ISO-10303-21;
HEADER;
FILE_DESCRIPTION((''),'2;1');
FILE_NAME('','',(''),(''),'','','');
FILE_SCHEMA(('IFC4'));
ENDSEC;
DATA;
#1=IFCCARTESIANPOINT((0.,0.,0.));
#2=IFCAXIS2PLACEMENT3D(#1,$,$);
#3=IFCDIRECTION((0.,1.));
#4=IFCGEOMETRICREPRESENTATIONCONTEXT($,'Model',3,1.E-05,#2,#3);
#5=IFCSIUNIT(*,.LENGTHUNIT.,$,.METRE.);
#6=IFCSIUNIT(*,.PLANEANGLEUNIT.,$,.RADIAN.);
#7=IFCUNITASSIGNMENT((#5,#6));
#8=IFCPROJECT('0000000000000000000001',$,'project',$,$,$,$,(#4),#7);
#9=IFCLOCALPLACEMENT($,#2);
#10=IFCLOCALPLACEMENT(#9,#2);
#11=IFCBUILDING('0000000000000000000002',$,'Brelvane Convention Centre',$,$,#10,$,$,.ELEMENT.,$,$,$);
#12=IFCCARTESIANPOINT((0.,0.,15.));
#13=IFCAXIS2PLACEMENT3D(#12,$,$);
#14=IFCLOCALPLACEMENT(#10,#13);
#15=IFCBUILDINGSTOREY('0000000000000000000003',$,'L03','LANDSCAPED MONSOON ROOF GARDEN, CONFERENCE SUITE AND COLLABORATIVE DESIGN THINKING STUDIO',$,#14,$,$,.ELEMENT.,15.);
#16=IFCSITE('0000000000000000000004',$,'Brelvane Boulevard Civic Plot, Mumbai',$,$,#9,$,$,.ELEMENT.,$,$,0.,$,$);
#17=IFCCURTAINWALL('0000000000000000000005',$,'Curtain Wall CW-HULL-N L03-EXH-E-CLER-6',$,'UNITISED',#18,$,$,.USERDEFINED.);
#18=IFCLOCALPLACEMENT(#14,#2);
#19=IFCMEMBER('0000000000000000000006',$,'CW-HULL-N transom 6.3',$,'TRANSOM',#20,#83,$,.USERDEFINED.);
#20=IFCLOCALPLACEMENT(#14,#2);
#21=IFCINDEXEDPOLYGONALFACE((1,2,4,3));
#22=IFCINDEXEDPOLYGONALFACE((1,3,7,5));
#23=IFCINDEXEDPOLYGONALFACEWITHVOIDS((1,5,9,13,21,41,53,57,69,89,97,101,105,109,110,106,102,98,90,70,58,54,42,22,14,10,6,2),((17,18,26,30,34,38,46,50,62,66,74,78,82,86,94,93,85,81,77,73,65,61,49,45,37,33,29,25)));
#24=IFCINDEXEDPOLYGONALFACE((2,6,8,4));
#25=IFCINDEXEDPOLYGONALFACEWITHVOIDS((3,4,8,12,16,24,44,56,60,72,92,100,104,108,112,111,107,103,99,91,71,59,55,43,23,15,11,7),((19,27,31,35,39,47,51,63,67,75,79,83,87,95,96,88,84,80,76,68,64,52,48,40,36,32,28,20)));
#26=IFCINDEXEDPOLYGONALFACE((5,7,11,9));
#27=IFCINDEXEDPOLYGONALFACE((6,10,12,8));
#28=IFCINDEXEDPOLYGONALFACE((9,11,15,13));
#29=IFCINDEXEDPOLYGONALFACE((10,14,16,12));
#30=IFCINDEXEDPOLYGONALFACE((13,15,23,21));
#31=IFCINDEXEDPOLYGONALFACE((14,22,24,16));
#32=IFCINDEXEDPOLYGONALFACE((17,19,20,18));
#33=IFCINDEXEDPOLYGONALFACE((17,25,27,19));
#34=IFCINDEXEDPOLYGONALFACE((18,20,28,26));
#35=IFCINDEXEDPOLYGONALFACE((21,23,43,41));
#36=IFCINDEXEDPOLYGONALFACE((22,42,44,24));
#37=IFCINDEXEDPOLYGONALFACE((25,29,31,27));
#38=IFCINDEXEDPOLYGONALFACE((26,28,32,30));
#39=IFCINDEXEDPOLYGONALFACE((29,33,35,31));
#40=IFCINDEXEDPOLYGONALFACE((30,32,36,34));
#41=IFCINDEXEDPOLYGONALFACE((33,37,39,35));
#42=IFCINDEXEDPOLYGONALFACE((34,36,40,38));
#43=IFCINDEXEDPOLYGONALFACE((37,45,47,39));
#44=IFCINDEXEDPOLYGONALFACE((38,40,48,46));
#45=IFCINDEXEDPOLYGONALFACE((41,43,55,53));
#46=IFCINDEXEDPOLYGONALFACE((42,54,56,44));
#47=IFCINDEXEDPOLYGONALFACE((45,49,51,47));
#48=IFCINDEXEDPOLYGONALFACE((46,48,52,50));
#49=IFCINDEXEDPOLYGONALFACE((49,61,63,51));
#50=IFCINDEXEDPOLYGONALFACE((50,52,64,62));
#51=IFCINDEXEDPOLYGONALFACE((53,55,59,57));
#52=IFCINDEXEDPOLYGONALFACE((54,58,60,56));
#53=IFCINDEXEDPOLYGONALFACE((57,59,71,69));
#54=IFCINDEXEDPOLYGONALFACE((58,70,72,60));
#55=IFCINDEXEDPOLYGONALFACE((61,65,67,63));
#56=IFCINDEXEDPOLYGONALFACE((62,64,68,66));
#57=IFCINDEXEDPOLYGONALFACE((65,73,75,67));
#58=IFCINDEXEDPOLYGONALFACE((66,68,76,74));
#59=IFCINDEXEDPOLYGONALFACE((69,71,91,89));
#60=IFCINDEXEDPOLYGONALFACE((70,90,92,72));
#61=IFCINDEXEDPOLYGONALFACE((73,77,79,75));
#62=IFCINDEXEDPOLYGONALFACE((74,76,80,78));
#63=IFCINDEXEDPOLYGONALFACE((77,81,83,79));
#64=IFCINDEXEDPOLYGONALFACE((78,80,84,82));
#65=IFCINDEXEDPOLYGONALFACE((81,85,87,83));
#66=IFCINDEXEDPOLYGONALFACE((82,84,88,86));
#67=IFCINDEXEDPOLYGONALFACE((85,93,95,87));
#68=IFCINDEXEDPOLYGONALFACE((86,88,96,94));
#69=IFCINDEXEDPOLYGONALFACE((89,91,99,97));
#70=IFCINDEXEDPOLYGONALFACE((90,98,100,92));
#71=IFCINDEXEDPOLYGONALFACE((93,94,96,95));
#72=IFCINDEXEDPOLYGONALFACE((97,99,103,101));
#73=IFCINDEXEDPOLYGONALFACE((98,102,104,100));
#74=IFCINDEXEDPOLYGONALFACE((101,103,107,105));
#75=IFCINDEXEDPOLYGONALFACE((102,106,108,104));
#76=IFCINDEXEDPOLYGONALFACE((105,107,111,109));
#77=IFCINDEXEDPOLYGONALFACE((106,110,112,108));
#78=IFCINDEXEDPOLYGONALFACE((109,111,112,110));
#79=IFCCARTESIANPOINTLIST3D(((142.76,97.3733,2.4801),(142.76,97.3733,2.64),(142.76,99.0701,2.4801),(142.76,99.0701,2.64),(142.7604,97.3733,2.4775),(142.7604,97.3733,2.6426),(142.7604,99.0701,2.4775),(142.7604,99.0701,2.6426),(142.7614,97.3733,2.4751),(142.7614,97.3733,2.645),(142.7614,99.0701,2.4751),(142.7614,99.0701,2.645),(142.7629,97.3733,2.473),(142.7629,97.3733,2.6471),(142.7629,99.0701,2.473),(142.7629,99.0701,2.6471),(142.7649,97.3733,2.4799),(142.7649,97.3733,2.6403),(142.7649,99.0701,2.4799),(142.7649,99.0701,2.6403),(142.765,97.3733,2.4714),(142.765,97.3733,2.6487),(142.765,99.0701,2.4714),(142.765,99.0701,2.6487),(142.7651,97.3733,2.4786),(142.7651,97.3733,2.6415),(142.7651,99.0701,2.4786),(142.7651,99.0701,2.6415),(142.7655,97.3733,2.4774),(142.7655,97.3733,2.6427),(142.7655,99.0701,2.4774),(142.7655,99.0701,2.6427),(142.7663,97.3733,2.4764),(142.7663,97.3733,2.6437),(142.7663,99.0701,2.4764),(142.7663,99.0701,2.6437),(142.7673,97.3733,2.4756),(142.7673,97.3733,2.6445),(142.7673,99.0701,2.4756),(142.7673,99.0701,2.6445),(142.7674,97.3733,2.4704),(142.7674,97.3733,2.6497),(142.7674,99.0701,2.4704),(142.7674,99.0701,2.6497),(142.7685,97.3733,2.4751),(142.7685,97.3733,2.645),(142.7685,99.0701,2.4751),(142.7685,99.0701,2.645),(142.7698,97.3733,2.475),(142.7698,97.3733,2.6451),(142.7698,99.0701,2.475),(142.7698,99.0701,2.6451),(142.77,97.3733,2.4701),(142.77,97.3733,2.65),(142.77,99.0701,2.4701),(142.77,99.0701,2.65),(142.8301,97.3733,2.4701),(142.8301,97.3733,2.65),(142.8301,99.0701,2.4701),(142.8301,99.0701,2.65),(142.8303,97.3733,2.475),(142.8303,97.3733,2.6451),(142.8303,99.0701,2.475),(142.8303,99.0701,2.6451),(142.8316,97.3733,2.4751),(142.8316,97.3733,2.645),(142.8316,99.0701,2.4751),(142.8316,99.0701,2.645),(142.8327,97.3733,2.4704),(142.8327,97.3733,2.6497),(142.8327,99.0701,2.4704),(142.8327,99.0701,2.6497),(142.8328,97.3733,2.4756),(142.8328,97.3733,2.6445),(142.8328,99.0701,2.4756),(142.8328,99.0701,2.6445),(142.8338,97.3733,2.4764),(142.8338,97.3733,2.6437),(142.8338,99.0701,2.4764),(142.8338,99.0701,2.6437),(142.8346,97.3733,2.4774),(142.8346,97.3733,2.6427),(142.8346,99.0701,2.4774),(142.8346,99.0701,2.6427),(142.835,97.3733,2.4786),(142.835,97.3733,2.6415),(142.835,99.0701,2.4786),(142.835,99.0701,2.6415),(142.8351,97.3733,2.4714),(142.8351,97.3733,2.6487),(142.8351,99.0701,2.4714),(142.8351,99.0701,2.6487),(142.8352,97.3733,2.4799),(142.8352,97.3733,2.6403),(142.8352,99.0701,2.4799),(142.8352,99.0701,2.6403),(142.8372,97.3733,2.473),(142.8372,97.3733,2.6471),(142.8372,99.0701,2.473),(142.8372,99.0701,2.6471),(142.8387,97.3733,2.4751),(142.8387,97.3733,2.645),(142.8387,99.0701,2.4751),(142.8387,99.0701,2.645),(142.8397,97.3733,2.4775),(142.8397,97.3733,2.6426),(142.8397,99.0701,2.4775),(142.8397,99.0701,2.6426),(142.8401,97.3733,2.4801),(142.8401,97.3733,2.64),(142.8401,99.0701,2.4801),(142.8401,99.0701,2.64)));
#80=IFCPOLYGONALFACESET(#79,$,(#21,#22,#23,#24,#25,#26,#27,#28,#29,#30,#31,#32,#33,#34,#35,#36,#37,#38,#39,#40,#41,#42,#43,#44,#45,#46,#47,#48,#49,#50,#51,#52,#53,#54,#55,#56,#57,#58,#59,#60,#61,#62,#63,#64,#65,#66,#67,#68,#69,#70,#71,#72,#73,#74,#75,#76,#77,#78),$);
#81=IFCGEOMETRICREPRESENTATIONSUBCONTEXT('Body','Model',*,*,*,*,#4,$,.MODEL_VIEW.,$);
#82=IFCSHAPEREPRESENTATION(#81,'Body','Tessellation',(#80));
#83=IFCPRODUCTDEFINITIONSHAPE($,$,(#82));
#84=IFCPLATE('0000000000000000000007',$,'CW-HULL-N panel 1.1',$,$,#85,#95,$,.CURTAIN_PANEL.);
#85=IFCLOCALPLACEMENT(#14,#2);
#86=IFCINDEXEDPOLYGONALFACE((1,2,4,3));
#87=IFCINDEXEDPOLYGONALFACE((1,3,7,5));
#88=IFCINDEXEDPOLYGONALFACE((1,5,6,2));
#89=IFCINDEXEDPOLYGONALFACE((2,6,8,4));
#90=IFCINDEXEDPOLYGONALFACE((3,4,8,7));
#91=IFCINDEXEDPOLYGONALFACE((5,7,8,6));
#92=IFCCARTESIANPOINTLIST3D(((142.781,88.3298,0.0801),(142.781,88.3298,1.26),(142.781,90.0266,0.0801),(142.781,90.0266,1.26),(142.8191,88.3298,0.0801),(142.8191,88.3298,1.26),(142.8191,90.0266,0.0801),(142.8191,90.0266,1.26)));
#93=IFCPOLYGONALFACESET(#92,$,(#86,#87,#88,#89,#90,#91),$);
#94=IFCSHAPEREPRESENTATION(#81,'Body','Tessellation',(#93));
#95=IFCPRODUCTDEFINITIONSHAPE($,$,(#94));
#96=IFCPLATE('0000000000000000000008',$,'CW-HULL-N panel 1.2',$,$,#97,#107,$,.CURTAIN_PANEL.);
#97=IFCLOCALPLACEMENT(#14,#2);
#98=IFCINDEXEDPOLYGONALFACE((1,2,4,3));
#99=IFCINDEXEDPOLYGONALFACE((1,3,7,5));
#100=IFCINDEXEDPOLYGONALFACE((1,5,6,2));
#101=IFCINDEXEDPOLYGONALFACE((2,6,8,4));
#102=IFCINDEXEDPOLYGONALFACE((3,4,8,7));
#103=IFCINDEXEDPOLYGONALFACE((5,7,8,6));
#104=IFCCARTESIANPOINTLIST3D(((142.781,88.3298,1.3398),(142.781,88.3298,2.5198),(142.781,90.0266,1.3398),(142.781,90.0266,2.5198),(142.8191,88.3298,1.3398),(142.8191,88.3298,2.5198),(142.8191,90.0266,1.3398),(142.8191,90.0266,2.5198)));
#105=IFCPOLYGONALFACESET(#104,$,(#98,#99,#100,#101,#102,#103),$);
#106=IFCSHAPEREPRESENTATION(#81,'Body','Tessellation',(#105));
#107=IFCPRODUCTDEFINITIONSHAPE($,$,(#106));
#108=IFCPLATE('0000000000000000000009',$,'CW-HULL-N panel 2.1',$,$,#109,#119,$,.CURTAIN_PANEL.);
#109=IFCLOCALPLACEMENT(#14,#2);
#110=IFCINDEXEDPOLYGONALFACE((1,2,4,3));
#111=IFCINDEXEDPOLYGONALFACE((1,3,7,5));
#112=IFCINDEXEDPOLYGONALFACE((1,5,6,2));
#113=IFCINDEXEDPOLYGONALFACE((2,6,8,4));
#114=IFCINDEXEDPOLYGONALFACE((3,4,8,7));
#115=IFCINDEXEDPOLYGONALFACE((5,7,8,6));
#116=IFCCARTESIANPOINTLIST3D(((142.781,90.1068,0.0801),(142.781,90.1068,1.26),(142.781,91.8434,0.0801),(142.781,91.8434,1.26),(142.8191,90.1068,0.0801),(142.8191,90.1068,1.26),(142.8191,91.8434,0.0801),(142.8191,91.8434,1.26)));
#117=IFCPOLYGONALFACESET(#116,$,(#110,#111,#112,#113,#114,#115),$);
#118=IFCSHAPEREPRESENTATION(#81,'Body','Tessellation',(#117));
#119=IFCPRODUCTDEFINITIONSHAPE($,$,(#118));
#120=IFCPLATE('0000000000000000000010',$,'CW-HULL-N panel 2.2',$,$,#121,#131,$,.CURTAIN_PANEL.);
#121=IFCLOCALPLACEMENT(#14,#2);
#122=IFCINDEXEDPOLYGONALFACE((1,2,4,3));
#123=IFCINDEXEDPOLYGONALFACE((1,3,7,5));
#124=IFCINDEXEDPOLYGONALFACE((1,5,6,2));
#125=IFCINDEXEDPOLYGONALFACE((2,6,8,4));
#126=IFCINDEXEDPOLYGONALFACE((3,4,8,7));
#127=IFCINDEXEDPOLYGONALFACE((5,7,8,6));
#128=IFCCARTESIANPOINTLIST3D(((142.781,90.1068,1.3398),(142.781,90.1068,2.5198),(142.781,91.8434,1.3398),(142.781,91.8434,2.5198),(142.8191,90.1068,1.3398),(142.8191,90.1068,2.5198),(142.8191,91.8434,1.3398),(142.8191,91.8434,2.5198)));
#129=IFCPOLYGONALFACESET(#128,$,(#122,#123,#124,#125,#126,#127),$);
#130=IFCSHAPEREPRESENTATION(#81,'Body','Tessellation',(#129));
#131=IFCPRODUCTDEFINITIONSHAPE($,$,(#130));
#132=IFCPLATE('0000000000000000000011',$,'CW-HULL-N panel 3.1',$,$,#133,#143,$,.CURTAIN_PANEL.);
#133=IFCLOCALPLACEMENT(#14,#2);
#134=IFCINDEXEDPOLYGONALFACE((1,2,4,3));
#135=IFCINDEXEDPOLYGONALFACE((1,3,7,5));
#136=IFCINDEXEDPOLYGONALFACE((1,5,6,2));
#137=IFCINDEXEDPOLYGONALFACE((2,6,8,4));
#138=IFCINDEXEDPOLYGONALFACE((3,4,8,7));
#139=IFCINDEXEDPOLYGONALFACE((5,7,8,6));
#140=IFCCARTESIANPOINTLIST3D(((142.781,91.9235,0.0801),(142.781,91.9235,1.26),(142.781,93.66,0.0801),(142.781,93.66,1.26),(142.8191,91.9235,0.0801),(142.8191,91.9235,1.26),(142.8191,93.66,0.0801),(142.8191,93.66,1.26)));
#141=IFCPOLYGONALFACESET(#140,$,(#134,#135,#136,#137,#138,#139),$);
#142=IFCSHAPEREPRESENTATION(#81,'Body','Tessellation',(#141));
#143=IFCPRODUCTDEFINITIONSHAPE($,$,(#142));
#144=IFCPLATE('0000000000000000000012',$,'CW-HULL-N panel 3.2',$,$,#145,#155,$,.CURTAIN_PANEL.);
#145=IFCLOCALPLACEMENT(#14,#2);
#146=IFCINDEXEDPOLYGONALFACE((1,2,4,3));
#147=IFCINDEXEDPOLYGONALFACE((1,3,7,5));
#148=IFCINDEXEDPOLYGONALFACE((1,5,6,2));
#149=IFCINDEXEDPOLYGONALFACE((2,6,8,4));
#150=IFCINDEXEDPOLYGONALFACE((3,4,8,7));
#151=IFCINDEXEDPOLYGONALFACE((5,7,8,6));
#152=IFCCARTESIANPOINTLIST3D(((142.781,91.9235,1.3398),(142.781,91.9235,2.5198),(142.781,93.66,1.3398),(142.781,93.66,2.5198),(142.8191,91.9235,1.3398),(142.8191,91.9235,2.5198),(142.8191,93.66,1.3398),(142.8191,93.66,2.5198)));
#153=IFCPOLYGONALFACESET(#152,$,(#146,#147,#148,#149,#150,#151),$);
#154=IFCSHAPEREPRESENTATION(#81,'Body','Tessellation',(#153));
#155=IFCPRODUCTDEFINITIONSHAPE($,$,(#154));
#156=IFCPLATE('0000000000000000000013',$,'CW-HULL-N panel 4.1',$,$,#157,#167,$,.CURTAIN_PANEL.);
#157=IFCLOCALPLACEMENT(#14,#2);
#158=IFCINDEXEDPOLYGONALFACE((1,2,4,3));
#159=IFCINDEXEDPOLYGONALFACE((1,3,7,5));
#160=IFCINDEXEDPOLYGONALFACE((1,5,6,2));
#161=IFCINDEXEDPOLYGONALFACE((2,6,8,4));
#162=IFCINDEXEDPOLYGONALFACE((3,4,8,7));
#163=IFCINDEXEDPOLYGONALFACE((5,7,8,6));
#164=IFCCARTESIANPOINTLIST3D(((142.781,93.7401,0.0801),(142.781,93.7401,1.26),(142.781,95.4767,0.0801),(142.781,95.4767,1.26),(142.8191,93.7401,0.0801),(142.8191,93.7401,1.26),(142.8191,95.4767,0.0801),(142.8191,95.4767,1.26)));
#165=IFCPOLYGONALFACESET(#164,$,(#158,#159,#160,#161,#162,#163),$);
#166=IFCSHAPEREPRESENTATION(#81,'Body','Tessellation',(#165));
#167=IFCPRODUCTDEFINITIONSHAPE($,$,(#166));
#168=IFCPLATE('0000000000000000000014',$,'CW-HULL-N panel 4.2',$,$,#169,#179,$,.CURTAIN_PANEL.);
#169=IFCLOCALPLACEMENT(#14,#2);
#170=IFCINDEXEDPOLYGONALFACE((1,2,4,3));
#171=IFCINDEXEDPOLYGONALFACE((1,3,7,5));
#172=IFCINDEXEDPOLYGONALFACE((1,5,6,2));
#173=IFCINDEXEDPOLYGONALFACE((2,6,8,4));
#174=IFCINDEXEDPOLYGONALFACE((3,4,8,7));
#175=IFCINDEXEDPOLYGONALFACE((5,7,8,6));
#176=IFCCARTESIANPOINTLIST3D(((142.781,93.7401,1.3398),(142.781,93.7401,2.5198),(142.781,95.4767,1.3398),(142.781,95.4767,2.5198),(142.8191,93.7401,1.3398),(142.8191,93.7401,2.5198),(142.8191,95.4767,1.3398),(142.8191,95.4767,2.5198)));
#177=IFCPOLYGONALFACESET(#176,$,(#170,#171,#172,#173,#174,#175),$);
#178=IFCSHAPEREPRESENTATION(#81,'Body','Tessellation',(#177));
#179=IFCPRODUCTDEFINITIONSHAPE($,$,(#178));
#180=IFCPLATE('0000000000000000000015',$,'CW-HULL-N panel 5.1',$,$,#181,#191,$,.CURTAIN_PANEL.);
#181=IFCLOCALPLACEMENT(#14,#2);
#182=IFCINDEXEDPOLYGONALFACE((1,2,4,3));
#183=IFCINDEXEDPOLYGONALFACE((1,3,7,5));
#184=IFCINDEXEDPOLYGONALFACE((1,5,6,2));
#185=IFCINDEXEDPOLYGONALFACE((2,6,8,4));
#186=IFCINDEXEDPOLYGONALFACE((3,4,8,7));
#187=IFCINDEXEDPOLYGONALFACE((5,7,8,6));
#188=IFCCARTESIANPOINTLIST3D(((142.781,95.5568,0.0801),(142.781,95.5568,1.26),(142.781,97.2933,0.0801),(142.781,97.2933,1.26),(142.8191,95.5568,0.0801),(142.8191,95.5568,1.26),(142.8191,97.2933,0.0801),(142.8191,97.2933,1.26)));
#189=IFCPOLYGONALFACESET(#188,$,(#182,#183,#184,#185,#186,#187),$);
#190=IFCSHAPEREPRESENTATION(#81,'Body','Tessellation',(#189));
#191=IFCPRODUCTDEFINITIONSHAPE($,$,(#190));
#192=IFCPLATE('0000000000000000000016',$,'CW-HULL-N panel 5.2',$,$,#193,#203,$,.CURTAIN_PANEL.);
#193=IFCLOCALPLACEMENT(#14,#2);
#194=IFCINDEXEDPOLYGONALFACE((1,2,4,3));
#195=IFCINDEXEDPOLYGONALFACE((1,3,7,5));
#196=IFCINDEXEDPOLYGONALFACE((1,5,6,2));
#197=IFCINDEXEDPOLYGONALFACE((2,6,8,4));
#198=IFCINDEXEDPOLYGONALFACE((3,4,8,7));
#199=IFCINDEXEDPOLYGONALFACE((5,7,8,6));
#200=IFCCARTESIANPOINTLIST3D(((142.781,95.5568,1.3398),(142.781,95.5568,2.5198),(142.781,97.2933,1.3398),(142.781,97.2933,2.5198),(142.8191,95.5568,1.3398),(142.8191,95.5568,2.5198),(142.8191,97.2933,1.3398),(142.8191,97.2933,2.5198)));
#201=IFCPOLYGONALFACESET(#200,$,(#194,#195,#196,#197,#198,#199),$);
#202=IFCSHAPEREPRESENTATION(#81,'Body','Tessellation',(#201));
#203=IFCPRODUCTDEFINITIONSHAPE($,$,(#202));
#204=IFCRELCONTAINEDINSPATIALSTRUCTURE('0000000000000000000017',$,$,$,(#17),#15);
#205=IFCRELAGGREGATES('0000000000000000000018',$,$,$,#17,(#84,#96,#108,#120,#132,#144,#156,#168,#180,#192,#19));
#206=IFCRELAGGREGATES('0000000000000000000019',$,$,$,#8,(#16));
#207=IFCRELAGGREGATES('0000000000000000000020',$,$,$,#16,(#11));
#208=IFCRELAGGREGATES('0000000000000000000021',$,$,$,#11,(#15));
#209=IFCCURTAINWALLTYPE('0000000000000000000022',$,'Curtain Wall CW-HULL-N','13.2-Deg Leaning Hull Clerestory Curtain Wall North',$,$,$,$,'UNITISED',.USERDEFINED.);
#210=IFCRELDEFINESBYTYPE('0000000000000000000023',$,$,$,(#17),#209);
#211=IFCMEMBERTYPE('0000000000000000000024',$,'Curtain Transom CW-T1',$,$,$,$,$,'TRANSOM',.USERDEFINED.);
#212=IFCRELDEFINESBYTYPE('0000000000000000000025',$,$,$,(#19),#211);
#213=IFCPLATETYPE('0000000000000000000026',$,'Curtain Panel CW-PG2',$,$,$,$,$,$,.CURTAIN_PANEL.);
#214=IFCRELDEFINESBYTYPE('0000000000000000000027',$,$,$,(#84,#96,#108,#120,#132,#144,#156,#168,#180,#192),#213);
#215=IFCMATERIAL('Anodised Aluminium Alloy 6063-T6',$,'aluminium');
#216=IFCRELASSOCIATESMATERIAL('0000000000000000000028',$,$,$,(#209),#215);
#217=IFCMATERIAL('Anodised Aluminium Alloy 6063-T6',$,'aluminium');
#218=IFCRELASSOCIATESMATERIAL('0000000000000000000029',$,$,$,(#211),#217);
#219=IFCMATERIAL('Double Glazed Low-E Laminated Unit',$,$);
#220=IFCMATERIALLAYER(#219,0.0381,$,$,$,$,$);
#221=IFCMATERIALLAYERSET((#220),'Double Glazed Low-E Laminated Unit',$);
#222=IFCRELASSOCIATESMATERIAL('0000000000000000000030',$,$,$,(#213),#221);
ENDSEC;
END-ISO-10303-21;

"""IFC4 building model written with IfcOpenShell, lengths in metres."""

from ifc_helpers import new_model, si_unit, direction, frame, origin, origin_2d, place, context, subcontext, project, spatial, rectangle, hollow_rectangle, extrude, material, layer, layer_set, material_profile, profile_set, type_object, element, aggregate, save


model = new_model("IFC4")

# Units and contexts
model_context = context("Model", 3, precision=1e-05, world=origin(), true_north=direction((0.0, 1.0)))
body_context = subcontext(model_context, "Body", "Model", "MODEL_VIEW")
ifc_project = project(units=[si_unit("LENGTHUNIT", "METRE"), si_unit("PLANEANGLEUNIT", "RADIAN")], contexts=[model_context])

# Site, building, storey
site_placement = place(None, origin())
site = spatial("IfcSite", under=ifc_project, at=site_placement, Name="Brelvane Boulevard Civic Plot, Mumbai", CompositionType="ELEMENT", RefElevation=0.0)
building_placement = place(site_placement, origin())
building = spatial("IfcBuilding", under=site, at=building_placement, Name="Brelvane Convention Centre", CompositionType="ELEMENT")
storey_placement = place(building_placement, frame((0.0, 0.0, 15.0)))
storey = spatial("IfcBuildingStorey", under=building, at=storey_placement, Name="L03", Description="LANDSCAPED MONSOON ROOF GARDEN, CONFERENCE SUITE AND COLLABORATIVE DESIGN THINKING STUDIO", CompositionType="ELEMENT", Elevation=15.0)

# Curtain wall, member, plates
ifc_material_1 = material(Name="Anodised Aluminium Alloy 6063-T6", Category="aluminium")
curtain_wall_type = type_object("IfcCurtainWallType", Name="Curtain Wall CW-HULL-N", Description="13.2-Deg Leaning Hull Clerestory Curtain Wall North", ElementType="UNITISED", PredefinedType="USERDEFINED", material=ifc_material_1)
curtain_wall_placement = place(storey_placement, origin())
curtain_wall = element("IfcCurtainWall", 1, at=curtain_wall_placement, inside=storey, type_object=curtain_wall_type, Name="Curtain Wall CW-HULL-N L03-EXH-E-CLER-6", ObjectType="UNITISED", PredefinedType="USERDEFINED")
ifc_material_2 = material(Name="Anodised Aluminium Alloy 6063-T6", Category="aluminium")
ifc_material_profile_1 = material_profile(ifc_material_2, hollow_rectangle(XDim=0.0801, YDim=0.1799, WallThickness=0.0049, InnerFilletRadius=0.0049, OuterFilletRadius=0.01, at=origin_2d()), Name="ALU-T 180x80x5.0")
ifc_profile_set_1 = profile_set([ifc_material_profile_1], Name="Anodised Aluminium Alloy 6063-T6")
member_type_1 = type_object("IfcMemberType", Name="Curtain Transom CW-T1", ElementType="TRANSOM", PredefinedType="USERDEFINED", material=ifc_profile_set_1)
member_1_placement = place(storey_placement, frame((142.8, 97.3733, 2.5601), z_axis=(0.0, 1.0, 0.0), x_axis=(-1.0, 0.0, 0.0)))
member_1 = element("IfcMember", 2, at=member_1_placement, type_object=member_type_1, Name="CW-HULL-N transom 6.3", ObjectType="TRANSOM", PredefinedType="USERDEFINED", context=body_context, shape_type="SweptSolid", body=[
    extrude(hollow_rectangle(XDim=0.0801, YDim=0.1799, WallThickness=0.0049, InnerFilletRadius=0.0049, OuterFilletRadius=0.01, at=origin_2d()), origin(), (0.0, 0.0, 1.0), 1.6968),
])
ifc_material_3 = material(Name="Double Glazed Low-E Laminated Unit")
ifc_layer = layer(ifc_material_3, 0.0381)
ifc_layer_set = layer_set([ifc_layer], Name="Double Glazed Low-E Laminated Unit")
plate_type = type_object("IfcPlateType", Name="Curtain Panel CW-PG2", PredefinedType="CURTAIN_PANEL", material=ifc_layer_set)
plate_1_placement = place(storey_placement, frame((142.8, 89.1782, 0.0801), z_axis=(0.0, 0.0, 1.0), x_axis=(0.0, 1.0, 0.0)))
plate_1 = element("IfcPlate", 3, at=plate_1_placement, type_object=plate_type, Name="CW-HULL-N panel 1.1", PredefinedType="CURTAIN_PANEL", context=body_context, shape_type="SweptSolid", body=[
    extrude(rectangle(XDim=1.6968, YDim=0.0381, at=origin_2d()), origin(), (0.0, 0.0, 1.0), 1.1799),
])
plate_2_placement = place(storey_placement, frame((142.8, 89.1782, 1.3398), z_axis=(0.0, 0.0, 1.0), x_axis=(0.0, 1.0, 0.0)))
plate_2 = element("IfcPlate", 4, at=plate_2_placement, type_object=plate_type, Name="CW-HULL-N panel 1.2", PredefinedType="CURTAIN_PANEL", context=body_context, shape_type="SweptSolid", body=[
    extrude(rectangle(XDim=1.6968, YDim=0.0381, at=origin_2d()), origin(), (0.0, 0.0, 1.0), 1.1799),
])
plate_3_placement = place(storey_placement, frame((142.8, 90.9751, 0.0801), z_axis=(0.0, 0.0, 1.0), x_axis=(0.0, 1.0, 0.0)))
plate_3 = element("IfcPlate", 5, at=plate_3_placement, type_object=plate_type, Name="CW-HULL-N panel 2.1", PredefinedType="CURTAIN_PANEL", context=body_context, shape_type="SweptSolid", body=[
    extrude(rectangle(XDim=1.7366, YDim=0.0381, at=origin_2d()), origin(), (0.0, 0.0, 1.0), 1.1799),
])
plate_4_placement = place(storey_placement, frame((142.8, 90.9751, 1.3398), z_axis=(0.0, 0.0, 1.0), x_axis=(0.0, 1.0, 0.0)))
plate_4 = element("IfcPlate", 6, at=plate_4_placement, type_object=plate_type, Name="CW-HULL-N panel 2.2", PredefinedType="CURTAIN_PANEL", context=body_context, shape_type="SweptSolid", body=[
    extrude(rectangle(XDim=1.7366, YDim=0.0381, at=origin_2d()), origin(), (0.0, 0.0, 1.0), 1.1799),
])
plate_5_placement = place(storey_placement, frame((142.8, 92.7917, 0.0801), z_axis=(0.0, 0.0, 1.0), x_axis=(0.0, 1.0, 0.0)))
plate_5 = element("IfcPlate", 7, at=plate_5_placement, type_object=plate_type, Name="CW-HULL-N panel 3.1", PredefinedType="CURTAIN_PANEL", context=body_context, shape_type="SweptSolid", body=[
    extrude(rectangle(XDim=1.7366, YDim=0.0381, at=origin_2d()), origin(), (0.0, 0.0, 1.0), 1.1799),
])
plate_6_placement = place(storey_placement, frame((142.8, 92.7917, 1.3398), z_axis=(0.0, 0.0, 1.0), x_axis=(0.0, 1.0, 0.0)))
plate_6 = element("IfcPlate", 8, at=plate_6_placement, type_object=plate_type, Name="CW-HULL-N panel 3.2", PredefinedType="CURTAIN_PANEL", context=body_context, shape_type="SweptSolid", body=[
    extrude(rectangle(XDim=1.7366, YDim=0.0381, at=origin_2d()), origin(), (0.0, 0.0, 1.0), 1.1799),
])
plate_7_placement = place(storey_placement, frame((142.8, 94.6084, 0.0801), z_axis=(0.0, 0.0, 1.0), x_axis=(0.0, 1.0, 0.0)))
plate_7 = element("IfcPlate", 9, at=plate_7_placement, type_object=plate_type, Name="CW-HULL-N panel 4.1", PredefinedType="CURTAIN_PANEL", context=body_context, shape_type="SweptSolid", body=[
    extrude(rectangle(XDim=1.7366, YDim=0.0381, at=origin_2d()), origin(), (0.0, 0.0, 1.0), 1.1799),
])
plate_8_placement = place(storey_placement, frame((142.8, 94.6084, 1.3398), z_axis=(0.0, 0.0, 1.0), x_axis=(0.0, 1.0, 0.0)))
plate_8 = element("IfcPlate", 10, at=plate_8_placement, type_object=plate_type, Name="CW-HULL-N panel 4.2", PredefinedType="CURTAIN_PANEL", context=body_context, shape_type="SweptSolid", body=[
    extrude(rectangle(XDim=1.7366, YDim=0.0381, at=origin_2d()), origin(), (0.0, 0.0, 1.0), 1.1799),
])
plate_9_placement = place(storey_placement, frame((142.8, 96.425, 0.0801), z_axis=(0.0, 0.0, 1.0), x_axis=(0.0, 1.0, 0.0)))
plate_9 = element("IfcPlate", 11, at=plate_9_placement, type_object=plate_type, Name="CW-HULL-N panel 5.1", PredefinedType="CURTAIN_PANEL", context=body_context, shape_type="SweptSolid", body=[
    extrude(rectangle(XDim=1.7366, YDim=0.0381, at=origin_2d()), origin(), (0.0, 0.0, 1.0), 1.1799),
])
plate_10_placement = place(storey_placement, frame((142.8, 96.425, 1.3398), z_axis=(0.0, 0.0, 1.0), x_axis=(0.0, 1.0, 0.0)))
plate_10 = element("IfcPlate", 12, at=plate_10_placement, type_object=plate_type, Name="CW-HULL-N panel 5.2", PredefinedType="CURTAIN_PANEL", context=body_context, shape_type="SweptSolid", body=[
    extrude(rectangle(XDim=1.7366, YDim=0.0381, at=origin_2d()), origin(), (0.0, 0.0, 1.0), 1.1799),
])
aggregate(curtain_wall, [plate_1, plate_2, plate_3, plate_4, plate_5, plate_6, plate_7, plate_8, plate_9, plate_10, member_1])

save(model, "model.ifc")
